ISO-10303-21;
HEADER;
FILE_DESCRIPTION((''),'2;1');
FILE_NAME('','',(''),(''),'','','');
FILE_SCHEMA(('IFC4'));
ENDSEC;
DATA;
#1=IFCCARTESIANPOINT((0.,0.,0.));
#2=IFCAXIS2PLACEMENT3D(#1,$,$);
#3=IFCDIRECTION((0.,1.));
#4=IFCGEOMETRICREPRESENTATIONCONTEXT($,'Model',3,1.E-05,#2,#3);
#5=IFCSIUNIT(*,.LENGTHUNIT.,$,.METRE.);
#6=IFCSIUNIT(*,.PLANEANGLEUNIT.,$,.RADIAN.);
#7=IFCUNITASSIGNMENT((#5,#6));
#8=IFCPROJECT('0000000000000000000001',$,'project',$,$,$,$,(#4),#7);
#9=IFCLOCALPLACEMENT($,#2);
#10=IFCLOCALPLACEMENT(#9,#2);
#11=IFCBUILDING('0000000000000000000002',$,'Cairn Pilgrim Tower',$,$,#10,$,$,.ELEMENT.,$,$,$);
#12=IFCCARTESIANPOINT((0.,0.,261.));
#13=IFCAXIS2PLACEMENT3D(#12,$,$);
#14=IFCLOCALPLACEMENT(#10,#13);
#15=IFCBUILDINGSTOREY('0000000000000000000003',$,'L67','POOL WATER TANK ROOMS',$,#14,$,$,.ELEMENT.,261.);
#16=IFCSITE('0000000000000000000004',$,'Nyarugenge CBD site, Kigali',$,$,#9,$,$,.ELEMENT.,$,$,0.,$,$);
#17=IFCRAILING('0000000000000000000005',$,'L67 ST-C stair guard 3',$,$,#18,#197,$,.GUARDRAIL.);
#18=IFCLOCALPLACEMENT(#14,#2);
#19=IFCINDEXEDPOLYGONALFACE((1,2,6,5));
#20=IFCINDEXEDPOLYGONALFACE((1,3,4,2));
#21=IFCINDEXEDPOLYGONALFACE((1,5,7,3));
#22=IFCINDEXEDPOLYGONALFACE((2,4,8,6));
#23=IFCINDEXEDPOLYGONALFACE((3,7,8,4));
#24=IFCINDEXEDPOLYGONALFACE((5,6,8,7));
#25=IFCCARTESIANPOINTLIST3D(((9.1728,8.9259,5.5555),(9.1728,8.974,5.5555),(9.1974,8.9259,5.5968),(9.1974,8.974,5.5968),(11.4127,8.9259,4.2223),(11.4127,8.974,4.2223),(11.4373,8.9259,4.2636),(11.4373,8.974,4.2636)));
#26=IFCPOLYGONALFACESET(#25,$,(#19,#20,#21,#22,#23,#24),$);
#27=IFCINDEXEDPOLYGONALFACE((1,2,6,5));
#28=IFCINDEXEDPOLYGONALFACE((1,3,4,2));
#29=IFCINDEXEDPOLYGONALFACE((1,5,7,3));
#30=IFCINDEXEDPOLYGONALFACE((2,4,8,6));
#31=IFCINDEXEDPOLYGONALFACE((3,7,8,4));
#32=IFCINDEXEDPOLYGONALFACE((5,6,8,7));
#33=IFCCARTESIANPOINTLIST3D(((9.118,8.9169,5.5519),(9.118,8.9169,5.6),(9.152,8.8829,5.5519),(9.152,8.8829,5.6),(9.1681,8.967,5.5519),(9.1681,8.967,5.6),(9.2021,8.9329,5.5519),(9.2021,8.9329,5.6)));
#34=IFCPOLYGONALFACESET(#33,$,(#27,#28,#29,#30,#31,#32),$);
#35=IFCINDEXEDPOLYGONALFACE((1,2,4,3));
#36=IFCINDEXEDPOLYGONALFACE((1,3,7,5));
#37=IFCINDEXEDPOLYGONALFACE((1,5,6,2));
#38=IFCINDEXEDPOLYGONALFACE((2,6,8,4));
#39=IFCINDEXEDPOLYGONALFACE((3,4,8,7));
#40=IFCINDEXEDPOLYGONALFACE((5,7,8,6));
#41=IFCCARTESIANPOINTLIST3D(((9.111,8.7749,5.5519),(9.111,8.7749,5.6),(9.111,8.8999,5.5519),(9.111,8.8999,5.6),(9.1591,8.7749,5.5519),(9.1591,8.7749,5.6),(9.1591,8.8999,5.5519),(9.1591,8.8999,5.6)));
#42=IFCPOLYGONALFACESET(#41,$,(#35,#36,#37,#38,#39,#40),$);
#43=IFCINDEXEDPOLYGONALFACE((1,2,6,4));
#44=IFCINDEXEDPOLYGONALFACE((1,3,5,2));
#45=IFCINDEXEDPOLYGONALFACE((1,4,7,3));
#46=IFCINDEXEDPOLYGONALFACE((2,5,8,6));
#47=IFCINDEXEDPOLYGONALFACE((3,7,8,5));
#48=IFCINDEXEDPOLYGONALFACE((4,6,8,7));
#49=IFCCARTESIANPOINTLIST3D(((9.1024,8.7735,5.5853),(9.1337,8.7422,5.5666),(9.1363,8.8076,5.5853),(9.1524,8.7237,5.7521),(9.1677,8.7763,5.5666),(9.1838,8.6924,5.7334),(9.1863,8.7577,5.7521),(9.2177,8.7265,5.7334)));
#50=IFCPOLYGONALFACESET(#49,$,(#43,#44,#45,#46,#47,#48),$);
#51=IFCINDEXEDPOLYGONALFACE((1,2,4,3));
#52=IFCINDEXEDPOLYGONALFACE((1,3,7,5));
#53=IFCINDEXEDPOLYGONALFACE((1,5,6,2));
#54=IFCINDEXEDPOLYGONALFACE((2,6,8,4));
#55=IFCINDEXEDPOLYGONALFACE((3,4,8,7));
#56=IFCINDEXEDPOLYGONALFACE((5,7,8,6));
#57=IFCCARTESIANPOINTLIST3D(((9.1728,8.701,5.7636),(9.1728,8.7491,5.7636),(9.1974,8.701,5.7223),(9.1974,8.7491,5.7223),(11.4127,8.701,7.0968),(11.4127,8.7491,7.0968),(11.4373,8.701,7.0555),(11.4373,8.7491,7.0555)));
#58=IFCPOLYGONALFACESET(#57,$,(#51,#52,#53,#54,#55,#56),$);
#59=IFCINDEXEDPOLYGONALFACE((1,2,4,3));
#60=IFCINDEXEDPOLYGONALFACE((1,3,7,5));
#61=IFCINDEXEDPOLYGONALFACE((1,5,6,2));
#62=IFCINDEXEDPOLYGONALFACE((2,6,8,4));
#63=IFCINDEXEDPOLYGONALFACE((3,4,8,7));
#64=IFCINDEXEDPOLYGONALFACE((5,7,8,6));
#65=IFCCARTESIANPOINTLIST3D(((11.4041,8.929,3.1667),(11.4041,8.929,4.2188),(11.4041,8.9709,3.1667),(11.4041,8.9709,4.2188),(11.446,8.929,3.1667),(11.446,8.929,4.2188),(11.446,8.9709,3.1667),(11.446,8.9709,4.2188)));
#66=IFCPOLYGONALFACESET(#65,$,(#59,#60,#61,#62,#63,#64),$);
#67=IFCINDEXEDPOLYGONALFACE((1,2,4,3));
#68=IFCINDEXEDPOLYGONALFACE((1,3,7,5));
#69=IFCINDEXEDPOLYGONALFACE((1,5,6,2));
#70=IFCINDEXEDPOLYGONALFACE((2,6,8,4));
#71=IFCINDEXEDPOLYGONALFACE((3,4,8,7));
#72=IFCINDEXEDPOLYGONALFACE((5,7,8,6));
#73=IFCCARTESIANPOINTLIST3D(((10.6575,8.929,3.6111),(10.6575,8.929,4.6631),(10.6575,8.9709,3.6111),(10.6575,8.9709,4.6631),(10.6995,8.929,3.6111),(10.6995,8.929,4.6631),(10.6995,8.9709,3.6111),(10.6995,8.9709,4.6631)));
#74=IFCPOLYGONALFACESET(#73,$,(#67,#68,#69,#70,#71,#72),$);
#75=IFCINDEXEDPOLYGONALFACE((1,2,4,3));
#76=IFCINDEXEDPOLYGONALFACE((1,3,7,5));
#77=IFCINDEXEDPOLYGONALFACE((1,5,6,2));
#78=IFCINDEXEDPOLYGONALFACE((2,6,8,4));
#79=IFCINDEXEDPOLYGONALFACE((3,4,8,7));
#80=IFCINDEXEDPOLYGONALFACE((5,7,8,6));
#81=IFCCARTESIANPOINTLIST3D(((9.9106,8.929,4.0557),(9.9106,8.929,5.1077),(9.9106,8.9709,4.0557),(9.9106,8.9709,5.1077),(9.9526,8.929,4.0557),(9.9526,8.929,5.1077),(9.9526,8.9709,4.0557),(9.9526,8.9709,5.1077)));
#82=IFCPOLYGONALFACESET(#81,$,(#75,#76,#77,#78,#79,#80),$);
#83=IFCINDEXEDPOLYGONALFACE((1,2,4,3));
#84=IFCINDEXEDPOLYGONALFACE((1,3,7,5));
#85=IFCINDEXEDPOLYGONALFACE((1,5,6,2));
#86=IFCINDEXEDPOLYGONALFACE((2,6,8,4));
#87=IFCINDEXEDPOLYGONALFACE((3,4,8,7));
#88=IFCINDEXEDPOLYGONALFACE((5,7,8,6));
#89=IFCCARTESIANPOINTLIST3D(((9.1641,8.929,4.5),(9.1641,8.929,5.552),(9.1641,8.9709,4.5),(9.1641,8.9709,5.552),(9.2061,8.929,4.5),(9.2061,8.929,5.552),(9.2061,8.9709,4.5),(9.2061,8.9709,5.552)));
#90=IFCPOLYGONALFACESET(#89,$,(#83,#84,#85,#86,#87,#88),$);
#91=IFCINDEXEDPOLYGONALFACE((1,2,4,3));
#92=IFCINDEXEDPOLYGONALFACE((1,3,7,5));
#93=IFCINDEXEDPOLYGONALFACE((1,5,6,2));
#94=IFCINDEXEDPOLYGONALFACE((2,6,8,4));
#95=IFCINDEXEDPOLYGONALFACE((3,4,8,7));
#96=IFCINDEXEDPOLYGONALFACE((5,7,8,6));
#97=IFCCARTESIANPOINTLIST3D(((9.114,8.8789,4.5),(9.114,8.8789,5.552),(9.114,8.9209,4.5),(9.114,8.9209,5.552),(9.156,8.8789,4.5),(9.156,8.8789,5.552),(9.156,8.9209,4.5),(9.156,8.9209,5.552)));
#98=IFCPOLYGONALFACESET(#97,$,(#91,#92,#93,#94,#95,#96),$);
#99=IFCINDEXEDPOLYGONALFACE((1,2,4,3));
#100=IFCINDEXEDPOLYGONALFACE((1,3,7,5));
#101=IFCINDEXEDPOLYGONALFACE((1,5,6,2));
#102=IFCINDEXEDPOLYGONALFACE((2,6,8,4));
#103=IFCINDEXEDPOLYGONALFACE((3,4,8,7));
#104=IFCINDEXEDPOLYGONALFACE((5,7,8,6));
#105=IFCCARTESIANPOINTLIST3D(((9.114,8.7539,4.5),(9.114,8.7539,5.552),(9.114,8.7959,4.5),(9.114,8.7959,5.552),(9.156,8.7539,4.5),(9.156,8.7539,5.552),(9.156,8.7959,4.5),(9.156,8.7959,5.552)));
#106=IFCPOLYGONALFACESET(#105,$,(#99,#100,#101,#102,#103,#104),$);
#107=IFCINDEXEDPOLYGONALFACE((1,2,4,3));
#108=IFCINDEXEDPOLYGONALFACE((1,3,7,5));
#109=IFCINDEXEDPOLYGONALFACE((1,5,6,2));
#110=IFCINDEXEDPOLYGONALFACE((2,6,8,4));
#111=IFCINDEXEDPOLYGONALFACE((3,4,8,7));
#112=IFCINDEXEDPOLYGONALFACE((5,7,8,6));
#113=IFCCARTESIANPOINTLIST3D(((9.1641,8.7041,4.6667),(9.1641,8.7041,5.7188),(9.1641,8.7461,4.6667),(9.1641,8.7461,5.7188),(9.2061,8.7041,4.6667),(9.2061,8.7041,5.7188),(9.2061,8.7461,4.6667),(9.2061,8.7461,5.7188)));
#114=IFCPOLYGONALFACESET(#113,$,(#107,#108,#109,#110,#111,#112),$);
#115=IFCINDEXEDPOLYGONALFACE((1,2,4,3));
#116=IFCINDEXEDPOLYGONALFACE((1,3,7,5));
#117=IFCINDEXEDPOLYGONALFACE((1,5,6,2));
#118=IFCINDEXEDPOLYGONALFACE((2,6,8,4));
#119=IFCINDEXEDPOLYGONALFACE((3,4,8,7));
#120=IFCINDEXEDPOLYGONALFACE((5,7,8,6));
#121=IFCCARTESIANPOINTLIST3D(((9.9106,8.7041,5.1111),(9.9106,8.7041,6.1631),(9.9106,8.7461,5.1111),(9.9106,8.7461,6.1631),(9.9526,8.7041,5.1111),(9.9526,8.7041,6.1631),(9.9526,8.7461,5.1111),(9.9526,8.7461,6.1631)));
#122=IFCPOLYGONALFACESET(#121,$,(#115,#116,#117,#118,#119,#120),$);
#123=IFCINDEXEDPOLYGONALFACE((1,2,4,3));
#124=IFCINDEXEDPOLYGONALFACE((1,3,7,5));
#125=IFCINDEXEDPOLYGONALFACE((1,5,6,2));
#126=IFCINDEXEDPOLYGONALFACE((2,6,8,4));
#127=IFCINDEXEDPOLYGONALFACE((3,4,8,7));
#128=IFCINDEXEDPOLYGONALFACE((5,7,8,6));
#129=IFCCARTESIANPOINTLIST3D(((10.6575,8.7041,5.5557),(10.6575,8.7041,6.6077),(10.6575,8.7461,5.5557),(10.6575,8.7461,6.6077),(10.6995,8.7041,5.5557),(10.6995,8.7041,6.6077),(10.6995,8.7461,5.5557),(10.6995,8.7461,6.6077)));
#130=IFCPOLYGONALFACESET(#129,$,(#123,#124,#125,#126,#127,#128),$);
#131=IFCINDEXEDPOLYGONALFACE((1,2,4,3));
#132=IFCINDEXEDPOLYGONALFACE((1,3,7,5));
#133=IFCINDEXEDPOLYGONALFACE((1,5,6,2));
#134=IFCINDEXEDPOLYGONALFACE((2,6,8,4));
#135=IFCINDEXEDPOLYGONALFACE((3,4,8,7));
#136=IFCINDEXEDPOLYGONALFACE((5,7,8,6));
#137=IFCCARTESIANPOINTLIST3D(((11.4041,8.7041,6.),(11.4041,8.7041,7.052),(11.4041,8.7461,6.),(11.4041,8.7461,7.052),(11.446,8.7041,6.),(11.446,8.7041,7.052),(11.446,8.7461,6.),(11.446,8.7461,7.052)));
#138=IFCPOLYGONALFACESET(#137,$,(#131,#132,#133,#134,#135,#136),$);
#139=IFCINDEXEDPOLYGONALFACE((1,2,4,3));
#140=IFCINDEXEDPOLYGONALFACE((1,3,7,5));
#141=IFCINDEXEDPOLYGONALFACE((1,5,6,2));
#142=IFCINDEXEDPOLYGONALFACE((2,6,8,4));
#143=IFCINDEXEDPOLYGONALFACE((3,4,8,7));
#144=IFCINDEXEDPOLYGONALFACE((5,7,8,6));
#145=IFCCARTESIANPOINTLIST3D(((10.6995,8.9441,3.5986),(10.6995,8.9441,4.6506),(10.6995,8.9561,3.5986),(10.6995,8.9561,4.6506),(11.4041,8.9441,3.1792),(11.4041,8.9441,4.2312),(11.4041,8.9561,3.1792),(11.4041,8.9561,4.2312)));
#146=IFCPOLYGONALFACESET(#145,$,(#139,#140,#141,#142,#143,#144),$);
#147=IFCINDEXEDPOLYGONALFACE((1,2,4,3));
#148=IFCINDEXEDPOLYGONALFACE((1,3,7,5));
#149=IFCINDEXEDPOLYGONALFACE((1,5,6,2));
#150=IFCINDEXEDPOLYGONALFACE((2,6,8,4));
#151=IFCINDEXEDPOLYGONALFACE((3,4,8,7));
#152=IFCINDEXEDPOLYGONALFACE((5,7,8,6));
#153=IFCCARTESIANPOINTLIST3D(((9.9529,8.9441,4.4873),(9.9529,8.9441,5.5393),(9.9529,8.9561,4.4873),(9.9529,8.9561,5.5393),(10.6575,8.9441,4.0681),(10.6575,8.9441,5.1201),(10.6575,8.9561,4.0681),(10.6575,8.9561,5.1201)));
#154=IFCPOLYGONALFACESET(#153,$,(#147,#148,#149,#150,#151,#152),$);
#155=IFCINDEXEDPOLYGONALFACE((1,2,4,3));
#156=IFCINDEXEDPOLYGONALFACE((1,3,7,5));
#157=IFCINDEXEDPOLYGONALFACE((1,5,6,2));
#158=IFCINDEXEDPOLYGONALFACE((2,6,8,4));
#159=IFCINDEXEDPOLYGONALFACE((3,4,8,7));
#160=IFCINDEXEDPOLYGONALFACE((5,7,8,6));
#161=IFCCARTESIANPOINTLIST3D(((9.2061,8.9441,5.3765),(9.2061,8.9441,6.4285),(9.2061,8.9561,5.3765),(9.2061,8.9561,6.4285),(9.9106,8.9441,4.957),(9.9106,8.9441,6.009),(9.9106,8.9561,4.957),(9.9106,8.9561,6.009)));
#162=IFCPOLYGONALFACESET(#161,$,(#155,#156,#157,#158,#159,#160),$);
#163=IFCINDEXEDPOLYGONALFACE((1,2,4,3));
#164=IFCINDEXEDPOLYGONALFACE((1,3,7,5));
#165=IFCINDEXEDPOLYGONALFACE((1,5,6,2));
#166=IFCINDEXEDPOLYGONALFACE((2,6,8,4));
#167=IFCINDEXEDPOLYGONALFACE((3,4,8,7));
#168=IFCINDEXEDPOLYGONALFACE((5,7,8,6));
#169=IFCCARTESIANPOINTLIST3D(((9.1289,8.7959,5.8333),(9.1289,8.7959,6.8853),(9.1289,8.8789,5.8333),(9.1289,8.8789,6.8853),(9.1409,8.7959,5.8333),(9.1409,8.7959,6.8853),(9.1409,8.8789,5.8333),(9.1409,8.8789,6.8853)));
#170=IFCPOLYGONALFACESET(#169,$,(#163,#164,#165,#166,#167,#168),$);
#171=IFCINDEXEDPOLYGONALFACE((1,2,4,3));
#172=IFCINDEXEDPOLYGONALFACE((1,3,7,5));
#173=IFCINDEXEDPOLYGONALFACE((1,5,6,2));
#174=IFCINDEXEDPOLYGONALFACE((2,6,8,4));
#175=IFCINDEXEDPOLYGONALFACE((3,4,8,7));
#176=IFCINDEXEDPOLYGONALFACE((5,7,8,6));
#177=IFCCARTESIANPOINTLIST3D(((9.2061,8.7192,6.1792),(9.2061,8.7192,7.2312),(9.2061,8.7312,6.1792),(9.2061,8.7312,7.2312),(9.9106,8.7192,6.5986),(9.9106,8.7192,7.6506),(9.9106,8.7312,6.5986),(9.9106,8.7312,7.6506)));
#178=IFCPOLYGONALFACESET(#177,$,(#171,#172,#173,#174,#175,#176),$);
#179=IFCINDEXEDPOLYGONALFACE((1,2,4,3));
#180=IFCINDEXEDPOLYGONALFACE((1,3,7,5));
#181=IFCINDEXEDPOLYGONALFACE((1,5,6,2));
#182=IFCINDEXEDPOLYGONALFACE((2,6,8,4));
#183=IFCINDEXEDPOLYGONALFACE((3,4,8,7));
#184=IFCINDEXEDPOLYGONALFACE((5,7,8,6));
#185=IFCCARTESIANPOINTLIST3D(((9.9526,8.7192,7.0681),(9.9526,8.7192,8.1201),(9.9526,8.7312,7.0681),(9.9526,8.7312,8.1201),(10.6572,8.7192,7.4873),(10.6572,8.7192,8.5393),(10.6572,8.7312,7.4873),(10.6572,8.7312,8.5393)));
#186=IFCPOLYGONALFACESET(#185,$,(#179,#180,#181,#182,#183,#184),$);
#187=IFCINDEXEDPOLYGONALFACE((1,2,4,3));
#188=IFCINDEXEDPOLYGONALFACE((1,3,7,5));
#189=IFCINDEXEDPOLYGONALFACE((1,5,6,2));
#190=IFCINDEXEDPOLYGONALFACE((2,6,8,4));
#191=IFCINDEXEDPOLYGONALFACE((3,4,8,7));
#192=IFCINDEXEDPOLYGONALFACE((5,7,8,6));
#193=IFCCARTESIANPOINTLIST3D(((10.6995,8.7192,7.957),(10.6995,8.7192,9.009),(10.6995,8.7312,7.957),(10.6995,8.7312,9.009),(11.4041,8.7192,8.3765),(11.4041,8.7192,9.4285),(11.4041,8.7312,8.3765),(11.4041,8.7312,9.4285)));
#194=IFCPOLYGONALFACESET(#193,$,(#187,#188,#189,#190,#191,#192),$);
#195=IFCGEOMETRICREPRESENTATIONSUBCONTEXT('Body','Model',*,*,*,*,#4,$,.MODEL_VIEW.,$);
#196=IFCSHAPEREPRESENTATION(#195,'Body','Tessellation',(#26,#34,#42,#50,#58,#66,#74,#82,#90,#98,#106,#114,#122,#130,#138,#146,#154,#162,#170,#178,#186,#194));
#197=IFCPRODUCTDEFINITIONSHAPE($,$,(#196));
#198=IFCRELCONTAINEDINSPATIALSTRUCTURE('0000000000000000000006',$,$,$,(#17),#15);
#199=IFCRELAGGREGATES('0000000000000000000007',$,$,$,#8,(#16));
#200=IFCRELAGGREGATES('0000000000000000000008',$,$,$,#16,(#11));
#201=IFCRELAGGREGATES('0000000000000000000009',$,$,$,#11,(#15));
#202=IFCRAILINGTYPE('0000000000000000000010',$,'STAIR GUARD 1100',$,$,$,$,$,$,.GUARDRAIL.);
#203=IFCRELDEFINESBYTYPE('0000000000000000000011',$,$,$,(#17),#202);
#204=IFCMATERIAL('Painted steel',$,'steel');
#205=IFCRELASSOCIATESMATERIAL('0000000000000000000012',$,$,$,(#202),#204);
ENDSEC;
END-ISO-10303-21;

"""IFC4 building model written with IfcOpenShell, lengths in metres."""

from ifc_helpers import new_model, si_unit, direction, frame, origin, origin_2d, place, context, subcontext, project, spatial, polyline, rectangle, outline, extrude, material, type_object, element, save


model = new_model("IFC4")

# Units and contexts
model_context = context("Model", 3, precision=1e-05, world=origin(), true_north=direction((0.0, 1.0)))
body_context = subcontext(model_context, "Body", "Model", "MODEL_VIEW")
ifc_project = project(units=[si_unit("LENGTHUNIT", "METRE"), si_unit("PLANEANGLEUNIT", "RADIAN")], contexts=[model_context])

# Site, building, storey
site_placement = place(None, origin())
site = spatial("IfcSite", under=ifc_project, at=site_placement, Name="Nyarugenge CBD site, Kigali", CompositionType="ELEMENT", RefElevation=0.0)
building_placement = place(site_placement, origin())
building = spatial("IfcBuilding", under=site, at=building_placement, Name="Cairn Pilgrim Tower", CompositionType="ELEMENT")
storey_placement = place(building_placement, frame((0.0, 0.0, 261.0)))
storey = spatial("IfcBuildingStorey", under=building, at=storey_placement, Name="L67", Description="POOL WATER TANK ROOMS", CompositionType="ELEMENT", Elevation=261.0)

# Shared definitions
ifc_material_1 = material(Name="Painted steel", Category="steel")

# Railing
railing_type_1 = type_object("IfcRailingType", Name="STAIR GUARD 1100", PredefinedType="GUARDRAIL", material=ifc_material_1)
railing_1_placement = place(storey_placement, frame((11.425, 8.95, 3.1667)))
element("IfcRailing", 1, at=railing_1_placement, inside=storey, type_object=railing_type_1, Name="L67 ST-C stair guard 3", PredefinedType="GUARDRAIL", context=body_context, shape_type="SweptSolid", body=[
    extrude(rectangle(XDim=0.0481, YDim=0.0481, at=origin_2d()), frame((0.0, 0.0, 1.0762), z_axis=(-0.859306, 0.0, 0.511462), x_axis=(0.0, -1.0, 0.0)), (0.0, 0.0, 1.0), 2.6067),
    extrude(rectangle(XDim=0.0481, YDim=0.0481, at=origin_2d()), frame((-2.24, 0.0, 2.4092), z_axis=(-0.707107, -0.707107, 0.0), x_axis=(0.707107, -0.707107, 0.0)), (0.0, 0.0, 1.0), 0.0708),
    extrude(rectangle(XDim=0.0481, YDim=0.0481, at=origin_2d()), frame((-2.29, -0.05, 2.4092), z_axis=(0.0, -1.0, 0.0), x_axis=(1.0, 0.0, 0.0)), (0.0, 0.0, 1.0), 0.125),
    extrude(rectangle(XDim=0.0481, YDim=0.0481, at=origin_2d()), frame((-2.29, -0.175, 2.4092), z_axis=(0.276389, -0.275041, 0.920848), x_axis=(0.705376, 0.708834, 0.0)), (0.0, 0.0, 1.0), 0.1812),
    extrude(rectangle(XDim=0.0481, YDim=0.0481, at=origin_2d()), frame((-2.24, -0.2249, 2.5762), z_axis=(0.859306, 0.0, 0.511462), x_axis=(0.0, 1.0, 0.0)), (0.0, 0.0, 1.0), 2.6067),
    extrude(rectangle(XDim=0.042, YDim=0.042, at=origin_2d()), origin(), (0.0, 0.0, 1.0), 1.052),
    extrude(rectangle(XDim=0.042, YDim=0.042, at=origin_2d()), frame((-0.7466, 0.0, 0.4443)), (0.0, 0.0, 1.0), 1.052),
    extrude(rectangle(XDim=0.042, YDim=0.042, at=origin_2d()), frame((-1.4934, 0.0, 0.8889)), (0.0, 0.0, 1.0), 1.052),
    extrude(rectangle(XDim=0.042, YDim=0.042, at=origin_2d()), frame((-2.24, 0.0, 1.3333)), (0.0, 0.0, 1.0), 1.052),
    extrude(rectangle(XDim=0.042, YDim=0.042, at=origin_2d()), frame((-2.29, -0.05, 1.3333)), (0.0, 0.0, 1.0), 1.052),
    extrude(rectangle(XDim=0.042, YDim=0.042, at=origin_2d()), frame((-2.29, -0.175, 1.3333)), (0.0, 0.0, 1.0), 1.052),
    extrude(rectangle(XDim=0.042, YDim=0.042, at=origin_2d()), frame((-2.24, -0.2249, 1.5)), (0.0, 0.0, 1.0), 1.052),
    extrude(rectangle(XDim=0.042, YDim=0.042, at=origin_2d()), frame((-1.4934, -0.2249, 1.9443)), (0.0, 0.0, 1.0), 1.052),
    extrude(rectangle(XDim=0.042, YDim=0.042, at=origin_2d()), frame((-0.7466, -0.2249, 2.3889)), (0.0, 0.0, 1.0), 1.052),
    extrude(rectangle(XDim=0.042, YDim=0.042, at=origin_2d()), frame((0.0, -0.2249, 2.8333)), (0.0, 0.0, 1.0), 1.052),
    extrude(outline(polyline([(0.021, 0.0125), (0.7256, 0.4319), (0.7256, 1.4839), (0.021, 1.0645), (0.021, 0.0125)])), frame((0.0, -0.0059, 0.0), z_axis=(0.0, 1.0, 0.0), x_axis=(-1.0, 0.0, 0.0)), (0.0, 0.0, 1.0), 0.012),
    extrude(outline(polyline([(0.021, 0.457), (0.7256, 0.8762), (0.7256, 1.9282), (0.021, 1.509), (0.021, 0.457)])), frame((-0.7466, -0.0059, 0.4443), z_axis=(0.0, 1.0, 0.0), x_axis=(-1.0, 0.0, 0.0)), (0.0, 0.0, 1.0), 0.012),
    extrude(outline(polyline([(0.021, 0.9014), (0.7256, 1.3208), (0.7256, 2.3728), (0.021, 1.9534), (0.021, 0.9014)])), frame((-1.4934, -0.0059, 0.8889), z_axis=(0.0, 1.0, 0.0), x_axis=(-1.0, 0.0, 0.0)), (0.0, 0.0, 1.0), 0.012),
    extrude(outline(polyline([(0.021, 1.3333), (0.104, 1.3333), (0.104, 2.3853), (0.021, 2.3853), (0.021, 1.3333)])), frame((-2.2842, -0.05, 1.3333), z_axis=(-1.0, 0.0, 0.0), x_axis=(0.0, -1.0, 0.0)), (0.0, 0.0, 1.0), 0.012),
    extrude(outline(polyline([(0.021, 1.5125), (0.7256, 1.9319), (0.7256, 2.9839), (0.021, 2.5645), (0.021, 1.5125)])), frame((-2.24, -0.2188, 1.5), z_axis=(0.0, -1.0, 0.0), x_axis=(1.0, 0.0, 0.0)), (0.0, 0.0, 1.0), 0.012),
    extrude(outline(polyline([(0.021, 1.957), (0.7256, 2.3762), (0.7256, 3.4282), (0.021, 3.009), (0.021, 1.957)])), frame((-1.4934, -0.2188, 1.9443), z_axis=(0.0, -1.0, 0.0), x_axis=(1.0, 0.0, 0.0)), (0.0, 0.0, 1.0), 0.012),
    extrude(outline(polyline([(0.021, 2.4014), (0.7256, 2.8208), (0.7256, 3.8728), (0.021, 3.4534), (0.021, 2.4014)])), frame((-0.7466, -0.2188, 2.3889), z_axis=(0.0, -1.0, 0.0), x_axis=(1.0, 0.0, 0.0)), (0.0, 0.0, 1.0), 0.012),
])

save(model, "model.ifc")
